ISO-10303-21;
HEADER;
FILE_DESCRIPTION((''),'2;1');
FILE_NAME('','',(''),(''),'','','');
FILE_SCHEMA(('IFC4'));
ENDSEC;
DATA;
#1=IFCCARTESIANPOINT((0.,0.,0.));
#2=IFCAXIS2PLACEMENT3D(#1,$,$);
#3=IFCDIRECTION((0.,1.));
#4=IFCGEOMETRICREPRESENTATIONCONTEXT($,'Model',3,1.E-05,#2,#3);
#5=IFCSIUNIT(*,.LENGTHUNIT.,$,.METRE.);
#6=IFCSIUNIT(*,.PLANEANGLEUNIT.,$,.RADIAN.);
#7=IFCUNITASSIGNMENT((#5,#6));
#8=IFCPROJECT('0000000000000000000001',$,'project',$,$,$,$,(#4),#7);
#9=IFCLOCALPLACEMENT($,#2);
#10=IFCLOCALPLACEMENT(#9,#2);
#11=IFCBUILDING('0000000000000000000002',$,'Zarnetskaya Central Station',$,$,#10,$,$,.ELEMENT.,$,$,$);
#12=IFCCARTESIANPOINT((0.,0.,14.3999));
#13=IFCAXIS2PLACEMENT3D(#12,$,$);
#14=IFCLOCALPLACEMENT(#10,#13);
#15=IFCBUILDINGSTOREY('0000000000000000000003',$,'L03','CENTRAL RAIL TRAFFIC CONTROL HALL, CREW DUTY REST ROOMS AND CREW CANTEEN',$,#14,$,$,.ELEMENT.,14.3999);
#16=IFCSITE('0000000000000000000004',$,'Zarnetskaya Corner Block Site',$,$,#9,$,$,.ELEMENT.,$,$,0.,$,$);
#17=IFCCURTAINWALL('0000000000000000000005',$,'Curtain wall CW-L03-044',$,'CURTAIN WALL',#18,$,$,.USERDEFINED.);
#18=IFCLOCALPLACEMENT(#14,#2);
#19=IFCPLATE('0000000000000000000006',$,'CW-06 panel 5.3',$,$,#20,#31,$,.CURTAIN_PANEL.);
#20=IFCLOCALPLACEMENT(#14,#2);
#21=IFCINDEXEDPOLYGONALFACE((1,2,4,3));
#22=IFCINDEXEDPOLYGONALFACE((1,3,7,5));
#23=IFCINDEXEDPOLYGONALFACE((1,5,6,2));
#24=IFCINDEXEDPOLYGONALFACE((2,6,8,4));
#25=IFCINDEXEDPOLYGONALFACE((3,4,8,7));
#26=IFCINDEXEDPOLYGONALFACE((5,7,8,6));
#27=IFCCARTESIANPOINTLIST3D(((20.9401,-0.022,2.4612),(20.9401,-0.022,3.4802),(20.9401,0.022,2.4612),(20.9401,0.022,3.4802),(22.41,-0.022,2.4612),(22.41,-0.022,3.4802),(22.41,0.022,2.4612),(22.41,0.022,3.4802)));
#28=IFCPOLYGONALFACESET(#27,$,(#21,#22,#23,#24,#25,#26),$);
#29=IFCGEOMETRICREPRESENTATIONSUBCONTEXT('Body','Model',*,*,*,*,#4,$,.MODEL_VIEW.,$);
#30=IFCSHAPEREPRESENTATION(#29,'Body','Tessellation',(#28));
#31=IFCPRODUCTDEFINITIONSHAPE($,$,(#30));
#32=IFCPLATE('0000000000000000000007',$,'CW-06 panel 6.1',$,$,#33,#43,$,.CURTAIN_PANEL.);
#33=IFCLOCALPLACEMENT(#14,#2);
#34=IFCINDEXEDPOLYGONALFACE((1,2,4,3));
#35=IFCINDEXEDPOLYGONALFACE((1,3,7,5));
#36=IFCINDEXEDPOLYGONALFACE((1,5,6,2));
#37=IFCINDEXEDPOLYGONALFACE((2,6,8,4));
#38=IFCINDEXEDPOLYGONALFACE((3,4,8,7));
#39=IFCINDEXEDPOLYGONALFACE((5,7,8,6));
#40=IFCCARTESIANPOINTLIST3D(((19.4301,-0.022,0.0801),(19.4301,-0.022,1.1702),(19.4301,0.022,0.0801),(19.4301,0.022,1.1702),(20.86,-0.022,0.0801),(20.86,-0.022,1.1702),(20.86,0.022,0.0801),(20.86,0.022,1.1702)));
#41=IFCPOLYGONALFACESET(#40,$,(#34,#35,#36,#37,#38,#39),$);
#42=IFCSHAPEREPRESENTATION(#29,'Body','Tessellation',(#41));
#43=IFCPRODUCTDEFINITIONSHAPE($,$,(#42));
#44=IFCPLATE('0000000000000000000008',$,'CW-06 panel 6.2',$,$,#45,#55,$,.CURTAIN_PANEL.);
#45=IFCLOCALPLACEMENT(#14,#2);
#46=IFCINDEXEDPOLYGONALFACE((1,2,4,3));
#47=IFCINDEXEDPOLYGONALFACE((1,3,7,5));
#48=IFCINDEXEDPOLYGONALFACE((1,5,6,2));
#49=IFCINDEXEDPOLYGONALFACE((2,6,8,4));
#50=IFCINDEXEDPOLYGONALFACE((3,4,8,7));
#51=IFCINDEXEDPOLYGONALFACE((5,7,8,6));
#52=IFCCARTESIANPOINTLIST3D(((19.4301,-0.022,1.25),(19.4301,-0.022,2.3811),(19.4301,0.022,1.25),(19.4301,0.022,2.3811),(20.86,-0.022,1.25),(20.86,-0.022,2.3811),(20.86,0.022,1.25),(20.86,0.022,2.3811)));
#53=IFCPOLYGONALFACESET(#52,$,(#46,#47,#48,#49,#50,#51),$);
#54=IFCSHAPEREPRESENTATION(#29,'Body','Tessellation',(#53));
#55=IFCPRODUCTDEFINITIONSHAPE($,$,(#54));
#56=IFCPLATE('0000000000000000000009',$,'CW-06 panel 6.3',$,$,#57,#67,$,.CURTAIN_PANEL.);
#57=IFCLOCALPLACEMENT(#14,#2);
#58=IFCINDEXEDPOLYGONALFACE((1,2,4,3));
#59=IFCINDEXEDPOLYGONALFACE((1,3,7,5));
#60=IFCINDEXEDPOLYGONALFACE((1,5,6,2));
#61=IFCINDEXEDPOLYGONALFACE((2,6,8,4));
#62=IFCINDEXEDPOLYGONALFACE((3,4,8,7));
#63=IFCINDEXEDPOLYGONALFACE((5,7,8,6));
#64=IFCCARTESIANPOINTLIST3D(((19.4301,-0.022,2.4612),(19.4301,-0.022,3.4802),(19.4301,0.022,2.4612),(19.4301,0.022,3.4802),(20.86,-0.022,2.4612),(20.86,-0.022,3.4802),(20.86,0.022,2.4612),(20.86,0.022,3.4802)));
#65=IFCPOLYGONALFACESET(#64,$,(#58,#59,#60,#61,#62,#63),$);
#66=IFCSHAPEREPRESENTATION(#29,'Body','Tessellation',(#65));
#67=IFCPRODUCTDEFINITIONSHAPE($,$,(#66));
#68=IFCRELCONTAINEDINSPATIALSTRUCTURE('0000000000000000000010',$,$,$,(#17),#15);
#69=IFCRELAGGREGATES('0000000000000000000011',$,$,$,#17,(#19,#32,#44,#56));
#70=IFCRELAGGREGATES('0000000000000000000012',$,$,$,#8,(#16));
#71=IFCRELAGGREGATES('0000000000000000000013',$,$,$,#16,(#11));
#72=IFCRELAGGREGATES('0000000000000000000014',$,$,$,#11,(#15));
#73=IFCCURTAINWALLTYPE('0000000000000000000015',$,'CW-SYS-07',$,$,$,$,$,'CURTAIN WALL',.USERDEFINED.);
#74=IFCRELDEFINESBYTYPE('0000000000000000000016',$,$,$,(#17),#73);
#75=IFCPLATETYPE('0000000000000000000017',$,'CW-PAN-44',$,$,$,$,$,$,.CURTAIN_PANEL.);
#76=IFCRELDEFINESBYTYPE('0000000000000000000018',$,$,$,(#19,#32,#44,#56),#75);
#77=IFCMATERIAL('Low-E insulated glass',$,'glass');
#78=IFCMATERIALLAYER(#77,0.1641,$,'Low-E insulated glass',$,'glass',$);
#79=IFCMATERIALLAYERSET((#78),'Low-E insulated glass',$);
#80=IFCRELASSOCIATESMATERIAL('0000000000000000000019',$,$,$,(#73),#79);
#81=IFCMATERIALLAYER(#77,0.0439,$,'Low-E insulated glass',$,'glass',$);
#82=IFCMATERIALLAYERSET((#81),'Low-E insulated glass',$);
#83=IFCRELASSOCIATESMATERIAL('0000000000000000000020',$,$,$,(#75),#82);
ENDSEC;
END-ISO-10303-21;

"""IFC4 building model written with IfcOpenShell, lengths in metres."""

from ifc_helpers import new_model, si_unit, direction, frame, origin, origin_2d, place, context, subcontext, project, spatial, rectangle, extrude, material, layer, layer_set, type_object, element, aggregate, save


model = new_model("IFC4")

# Units and contexts
model_context = context("Model", 3, precision=1e-05, world=origin(), true_north=direction((0.0, 1.0)))
body_context = subcontext(model_context, "Body", "Model", "MODEL_VIEW")
ifc_project = project(units=[si_unit("LENGTHUNIT", "METRE"), si_unit("PLANEANGLEUNIT", "RADIAN")], contexts=[model_context])

# Site, building, storey
site_placement = place(None, origin())
site = spatial("IfcSite", under=ifc_project, at=site_placement, Name="Zarnetskaya Corner Block Site", CompositionType="ELEMENT", RefElevation=0.0)
building_placement = place(site_placement, origin())
building = spatial("IfcBuilding", under=site, at=building_placement, Name="Zarnetskaya Central Station", CompositionType="ELEMENT")
storey_placement = place(building_placement, frame((0.0, 0.0, 14.3999)))
storey = spatial("IfcBuildingStorey", under=building, at=storey_placement, Name="L03", Description="CENTRAL RAIL TRAFFIC CONTROL HALL, CREW DUTY REST ROOMS AND CREW CANTEEN", CompositionType="ELEMENT", Elevation=14.3999)

# Shared definitions
ifc_material_1 = material(Name="Low-E insulated glass", Category="glass")

# Curtain wall
ifc_layer_1 = layer(ifc_material_1, 0.1641, Name="Low-E insulated glass", Category="glass")
ifc_layer_set_1 = layer_set([ifc_layer_1], Name="Low-E insulated glass")
curtain_wall_type_1 = type_object("IfcCurtainWallType", Name="CW-SYS-07", ElementType="CURTAIN WALL", PredefinedType="USERDEFINED", material=ifc_layer_set_1)
curtain_wall_1_placement = place(storey_placement, origin())
curtain_wall_1 = element("IfcCurtainWall", 1, at=curtain_wall_1_placement, inside=storey, type_object=curtain_wall_type_1, Name="Curtain wall CW-L03-044", ObjectType="CURTAIN WALL", PredefinedType="USERDEFINED")

# Plates
ifc_layer_2 = layer(ifc_material_1, 0.0439, Name="Low-E insulated glass", Category="glass")
ifc_layer_set_2 = layer_set([ifc_layer_2], Name="Low-E insulated glass")
plate_type = type_object("IfcPlateType", Name="CW-PAN-44", PredefinedType="CURTAIN_PANEL", material=ifc_layer_set_2)
plate_1_placement = place(storey_placement, frame((21.675, 0.0, 2.4612), z_axis=(0.0, 0.0, 1.0), x_axis=(-1.0, 0.0, 0.0)))
plate_1 = element("IfcPlate", 2, at=plate_1_placement, type_object=plate_type, Name="CW-06 panel 5.3", PredefinedType="CURTAIN_PANEL", context=body_context, shape_type="SweptSolid", body=[
    extrude(rectangle(XDim=1.47, YDim=0.0439, at=origin_2d()), origin(), (0.0, 0.0, 1.0), 1.019),
])
plate_2_placement = place(storey_placement, frame((20.145, 0.0, 0.0801), z_axis=(0.0, 0.0, 1.0), x_axis=(-1.0, 0.0, 0.0)))
plate_2 = element("IfcPlate", 3, at=plate_2_placement, type_object=plate_type, Name="CW-06 panel 6.1", PredefinedType="CURTAIN_PANEL", context=body_context, shape_type="SweptSolid", body=[
    extrude(rectangle(XDim=1.4299, YDim=0.0439, at=origin_2d()), origin(), (0.0, 0.0, 1.0), 1.0901),
])
plate_3_placement = place(storey_placement, frame((20.145, 0.0, 1.25), z_axis=(0.0, 0.0, 1.0), x_axis=(-1.0, 0.0, 0.0)))
plate_3 = element("IfcPlate", 4, at=plate_3_placement, type_object=plate_type, Name="CW-06 panel 6.2", PredefinedType="CURTAIN_PANEL", context=body_context, shape_type="SweptSolid", body=[
    extrude(rectangle(XDim=1.4299, YDim=0.0439, at=origin_2d()), origin(), (0.0, 0.0, 1.0), 1.1311),
])
plate_4_placement = place(storey_placement, frame((20.145, 0.0, 2.4612), z_axis=(0.0, 0.0, 1.0), x_axis=(-1.0, 0.0, 0.0)))
plate_4 = element("IfcPlate", 5, at=plate_4_placement, type_object=plate_type, Name="CW-06 panel 6.3", PredefinedType="CURTAIN_PANEL", context=body_context, shape_type="SweptSolid", body=[
    extrude(rectangle(XDim=1.4299, YDim=0.0439, at=origin_2d()), origin(), (0.0, 0.0, 1.0), 1.019),
])
aggregate(curtain_wall_1, [plate_1, plate_2, plate_3, plate_4])

save(model, "model.ifc")
